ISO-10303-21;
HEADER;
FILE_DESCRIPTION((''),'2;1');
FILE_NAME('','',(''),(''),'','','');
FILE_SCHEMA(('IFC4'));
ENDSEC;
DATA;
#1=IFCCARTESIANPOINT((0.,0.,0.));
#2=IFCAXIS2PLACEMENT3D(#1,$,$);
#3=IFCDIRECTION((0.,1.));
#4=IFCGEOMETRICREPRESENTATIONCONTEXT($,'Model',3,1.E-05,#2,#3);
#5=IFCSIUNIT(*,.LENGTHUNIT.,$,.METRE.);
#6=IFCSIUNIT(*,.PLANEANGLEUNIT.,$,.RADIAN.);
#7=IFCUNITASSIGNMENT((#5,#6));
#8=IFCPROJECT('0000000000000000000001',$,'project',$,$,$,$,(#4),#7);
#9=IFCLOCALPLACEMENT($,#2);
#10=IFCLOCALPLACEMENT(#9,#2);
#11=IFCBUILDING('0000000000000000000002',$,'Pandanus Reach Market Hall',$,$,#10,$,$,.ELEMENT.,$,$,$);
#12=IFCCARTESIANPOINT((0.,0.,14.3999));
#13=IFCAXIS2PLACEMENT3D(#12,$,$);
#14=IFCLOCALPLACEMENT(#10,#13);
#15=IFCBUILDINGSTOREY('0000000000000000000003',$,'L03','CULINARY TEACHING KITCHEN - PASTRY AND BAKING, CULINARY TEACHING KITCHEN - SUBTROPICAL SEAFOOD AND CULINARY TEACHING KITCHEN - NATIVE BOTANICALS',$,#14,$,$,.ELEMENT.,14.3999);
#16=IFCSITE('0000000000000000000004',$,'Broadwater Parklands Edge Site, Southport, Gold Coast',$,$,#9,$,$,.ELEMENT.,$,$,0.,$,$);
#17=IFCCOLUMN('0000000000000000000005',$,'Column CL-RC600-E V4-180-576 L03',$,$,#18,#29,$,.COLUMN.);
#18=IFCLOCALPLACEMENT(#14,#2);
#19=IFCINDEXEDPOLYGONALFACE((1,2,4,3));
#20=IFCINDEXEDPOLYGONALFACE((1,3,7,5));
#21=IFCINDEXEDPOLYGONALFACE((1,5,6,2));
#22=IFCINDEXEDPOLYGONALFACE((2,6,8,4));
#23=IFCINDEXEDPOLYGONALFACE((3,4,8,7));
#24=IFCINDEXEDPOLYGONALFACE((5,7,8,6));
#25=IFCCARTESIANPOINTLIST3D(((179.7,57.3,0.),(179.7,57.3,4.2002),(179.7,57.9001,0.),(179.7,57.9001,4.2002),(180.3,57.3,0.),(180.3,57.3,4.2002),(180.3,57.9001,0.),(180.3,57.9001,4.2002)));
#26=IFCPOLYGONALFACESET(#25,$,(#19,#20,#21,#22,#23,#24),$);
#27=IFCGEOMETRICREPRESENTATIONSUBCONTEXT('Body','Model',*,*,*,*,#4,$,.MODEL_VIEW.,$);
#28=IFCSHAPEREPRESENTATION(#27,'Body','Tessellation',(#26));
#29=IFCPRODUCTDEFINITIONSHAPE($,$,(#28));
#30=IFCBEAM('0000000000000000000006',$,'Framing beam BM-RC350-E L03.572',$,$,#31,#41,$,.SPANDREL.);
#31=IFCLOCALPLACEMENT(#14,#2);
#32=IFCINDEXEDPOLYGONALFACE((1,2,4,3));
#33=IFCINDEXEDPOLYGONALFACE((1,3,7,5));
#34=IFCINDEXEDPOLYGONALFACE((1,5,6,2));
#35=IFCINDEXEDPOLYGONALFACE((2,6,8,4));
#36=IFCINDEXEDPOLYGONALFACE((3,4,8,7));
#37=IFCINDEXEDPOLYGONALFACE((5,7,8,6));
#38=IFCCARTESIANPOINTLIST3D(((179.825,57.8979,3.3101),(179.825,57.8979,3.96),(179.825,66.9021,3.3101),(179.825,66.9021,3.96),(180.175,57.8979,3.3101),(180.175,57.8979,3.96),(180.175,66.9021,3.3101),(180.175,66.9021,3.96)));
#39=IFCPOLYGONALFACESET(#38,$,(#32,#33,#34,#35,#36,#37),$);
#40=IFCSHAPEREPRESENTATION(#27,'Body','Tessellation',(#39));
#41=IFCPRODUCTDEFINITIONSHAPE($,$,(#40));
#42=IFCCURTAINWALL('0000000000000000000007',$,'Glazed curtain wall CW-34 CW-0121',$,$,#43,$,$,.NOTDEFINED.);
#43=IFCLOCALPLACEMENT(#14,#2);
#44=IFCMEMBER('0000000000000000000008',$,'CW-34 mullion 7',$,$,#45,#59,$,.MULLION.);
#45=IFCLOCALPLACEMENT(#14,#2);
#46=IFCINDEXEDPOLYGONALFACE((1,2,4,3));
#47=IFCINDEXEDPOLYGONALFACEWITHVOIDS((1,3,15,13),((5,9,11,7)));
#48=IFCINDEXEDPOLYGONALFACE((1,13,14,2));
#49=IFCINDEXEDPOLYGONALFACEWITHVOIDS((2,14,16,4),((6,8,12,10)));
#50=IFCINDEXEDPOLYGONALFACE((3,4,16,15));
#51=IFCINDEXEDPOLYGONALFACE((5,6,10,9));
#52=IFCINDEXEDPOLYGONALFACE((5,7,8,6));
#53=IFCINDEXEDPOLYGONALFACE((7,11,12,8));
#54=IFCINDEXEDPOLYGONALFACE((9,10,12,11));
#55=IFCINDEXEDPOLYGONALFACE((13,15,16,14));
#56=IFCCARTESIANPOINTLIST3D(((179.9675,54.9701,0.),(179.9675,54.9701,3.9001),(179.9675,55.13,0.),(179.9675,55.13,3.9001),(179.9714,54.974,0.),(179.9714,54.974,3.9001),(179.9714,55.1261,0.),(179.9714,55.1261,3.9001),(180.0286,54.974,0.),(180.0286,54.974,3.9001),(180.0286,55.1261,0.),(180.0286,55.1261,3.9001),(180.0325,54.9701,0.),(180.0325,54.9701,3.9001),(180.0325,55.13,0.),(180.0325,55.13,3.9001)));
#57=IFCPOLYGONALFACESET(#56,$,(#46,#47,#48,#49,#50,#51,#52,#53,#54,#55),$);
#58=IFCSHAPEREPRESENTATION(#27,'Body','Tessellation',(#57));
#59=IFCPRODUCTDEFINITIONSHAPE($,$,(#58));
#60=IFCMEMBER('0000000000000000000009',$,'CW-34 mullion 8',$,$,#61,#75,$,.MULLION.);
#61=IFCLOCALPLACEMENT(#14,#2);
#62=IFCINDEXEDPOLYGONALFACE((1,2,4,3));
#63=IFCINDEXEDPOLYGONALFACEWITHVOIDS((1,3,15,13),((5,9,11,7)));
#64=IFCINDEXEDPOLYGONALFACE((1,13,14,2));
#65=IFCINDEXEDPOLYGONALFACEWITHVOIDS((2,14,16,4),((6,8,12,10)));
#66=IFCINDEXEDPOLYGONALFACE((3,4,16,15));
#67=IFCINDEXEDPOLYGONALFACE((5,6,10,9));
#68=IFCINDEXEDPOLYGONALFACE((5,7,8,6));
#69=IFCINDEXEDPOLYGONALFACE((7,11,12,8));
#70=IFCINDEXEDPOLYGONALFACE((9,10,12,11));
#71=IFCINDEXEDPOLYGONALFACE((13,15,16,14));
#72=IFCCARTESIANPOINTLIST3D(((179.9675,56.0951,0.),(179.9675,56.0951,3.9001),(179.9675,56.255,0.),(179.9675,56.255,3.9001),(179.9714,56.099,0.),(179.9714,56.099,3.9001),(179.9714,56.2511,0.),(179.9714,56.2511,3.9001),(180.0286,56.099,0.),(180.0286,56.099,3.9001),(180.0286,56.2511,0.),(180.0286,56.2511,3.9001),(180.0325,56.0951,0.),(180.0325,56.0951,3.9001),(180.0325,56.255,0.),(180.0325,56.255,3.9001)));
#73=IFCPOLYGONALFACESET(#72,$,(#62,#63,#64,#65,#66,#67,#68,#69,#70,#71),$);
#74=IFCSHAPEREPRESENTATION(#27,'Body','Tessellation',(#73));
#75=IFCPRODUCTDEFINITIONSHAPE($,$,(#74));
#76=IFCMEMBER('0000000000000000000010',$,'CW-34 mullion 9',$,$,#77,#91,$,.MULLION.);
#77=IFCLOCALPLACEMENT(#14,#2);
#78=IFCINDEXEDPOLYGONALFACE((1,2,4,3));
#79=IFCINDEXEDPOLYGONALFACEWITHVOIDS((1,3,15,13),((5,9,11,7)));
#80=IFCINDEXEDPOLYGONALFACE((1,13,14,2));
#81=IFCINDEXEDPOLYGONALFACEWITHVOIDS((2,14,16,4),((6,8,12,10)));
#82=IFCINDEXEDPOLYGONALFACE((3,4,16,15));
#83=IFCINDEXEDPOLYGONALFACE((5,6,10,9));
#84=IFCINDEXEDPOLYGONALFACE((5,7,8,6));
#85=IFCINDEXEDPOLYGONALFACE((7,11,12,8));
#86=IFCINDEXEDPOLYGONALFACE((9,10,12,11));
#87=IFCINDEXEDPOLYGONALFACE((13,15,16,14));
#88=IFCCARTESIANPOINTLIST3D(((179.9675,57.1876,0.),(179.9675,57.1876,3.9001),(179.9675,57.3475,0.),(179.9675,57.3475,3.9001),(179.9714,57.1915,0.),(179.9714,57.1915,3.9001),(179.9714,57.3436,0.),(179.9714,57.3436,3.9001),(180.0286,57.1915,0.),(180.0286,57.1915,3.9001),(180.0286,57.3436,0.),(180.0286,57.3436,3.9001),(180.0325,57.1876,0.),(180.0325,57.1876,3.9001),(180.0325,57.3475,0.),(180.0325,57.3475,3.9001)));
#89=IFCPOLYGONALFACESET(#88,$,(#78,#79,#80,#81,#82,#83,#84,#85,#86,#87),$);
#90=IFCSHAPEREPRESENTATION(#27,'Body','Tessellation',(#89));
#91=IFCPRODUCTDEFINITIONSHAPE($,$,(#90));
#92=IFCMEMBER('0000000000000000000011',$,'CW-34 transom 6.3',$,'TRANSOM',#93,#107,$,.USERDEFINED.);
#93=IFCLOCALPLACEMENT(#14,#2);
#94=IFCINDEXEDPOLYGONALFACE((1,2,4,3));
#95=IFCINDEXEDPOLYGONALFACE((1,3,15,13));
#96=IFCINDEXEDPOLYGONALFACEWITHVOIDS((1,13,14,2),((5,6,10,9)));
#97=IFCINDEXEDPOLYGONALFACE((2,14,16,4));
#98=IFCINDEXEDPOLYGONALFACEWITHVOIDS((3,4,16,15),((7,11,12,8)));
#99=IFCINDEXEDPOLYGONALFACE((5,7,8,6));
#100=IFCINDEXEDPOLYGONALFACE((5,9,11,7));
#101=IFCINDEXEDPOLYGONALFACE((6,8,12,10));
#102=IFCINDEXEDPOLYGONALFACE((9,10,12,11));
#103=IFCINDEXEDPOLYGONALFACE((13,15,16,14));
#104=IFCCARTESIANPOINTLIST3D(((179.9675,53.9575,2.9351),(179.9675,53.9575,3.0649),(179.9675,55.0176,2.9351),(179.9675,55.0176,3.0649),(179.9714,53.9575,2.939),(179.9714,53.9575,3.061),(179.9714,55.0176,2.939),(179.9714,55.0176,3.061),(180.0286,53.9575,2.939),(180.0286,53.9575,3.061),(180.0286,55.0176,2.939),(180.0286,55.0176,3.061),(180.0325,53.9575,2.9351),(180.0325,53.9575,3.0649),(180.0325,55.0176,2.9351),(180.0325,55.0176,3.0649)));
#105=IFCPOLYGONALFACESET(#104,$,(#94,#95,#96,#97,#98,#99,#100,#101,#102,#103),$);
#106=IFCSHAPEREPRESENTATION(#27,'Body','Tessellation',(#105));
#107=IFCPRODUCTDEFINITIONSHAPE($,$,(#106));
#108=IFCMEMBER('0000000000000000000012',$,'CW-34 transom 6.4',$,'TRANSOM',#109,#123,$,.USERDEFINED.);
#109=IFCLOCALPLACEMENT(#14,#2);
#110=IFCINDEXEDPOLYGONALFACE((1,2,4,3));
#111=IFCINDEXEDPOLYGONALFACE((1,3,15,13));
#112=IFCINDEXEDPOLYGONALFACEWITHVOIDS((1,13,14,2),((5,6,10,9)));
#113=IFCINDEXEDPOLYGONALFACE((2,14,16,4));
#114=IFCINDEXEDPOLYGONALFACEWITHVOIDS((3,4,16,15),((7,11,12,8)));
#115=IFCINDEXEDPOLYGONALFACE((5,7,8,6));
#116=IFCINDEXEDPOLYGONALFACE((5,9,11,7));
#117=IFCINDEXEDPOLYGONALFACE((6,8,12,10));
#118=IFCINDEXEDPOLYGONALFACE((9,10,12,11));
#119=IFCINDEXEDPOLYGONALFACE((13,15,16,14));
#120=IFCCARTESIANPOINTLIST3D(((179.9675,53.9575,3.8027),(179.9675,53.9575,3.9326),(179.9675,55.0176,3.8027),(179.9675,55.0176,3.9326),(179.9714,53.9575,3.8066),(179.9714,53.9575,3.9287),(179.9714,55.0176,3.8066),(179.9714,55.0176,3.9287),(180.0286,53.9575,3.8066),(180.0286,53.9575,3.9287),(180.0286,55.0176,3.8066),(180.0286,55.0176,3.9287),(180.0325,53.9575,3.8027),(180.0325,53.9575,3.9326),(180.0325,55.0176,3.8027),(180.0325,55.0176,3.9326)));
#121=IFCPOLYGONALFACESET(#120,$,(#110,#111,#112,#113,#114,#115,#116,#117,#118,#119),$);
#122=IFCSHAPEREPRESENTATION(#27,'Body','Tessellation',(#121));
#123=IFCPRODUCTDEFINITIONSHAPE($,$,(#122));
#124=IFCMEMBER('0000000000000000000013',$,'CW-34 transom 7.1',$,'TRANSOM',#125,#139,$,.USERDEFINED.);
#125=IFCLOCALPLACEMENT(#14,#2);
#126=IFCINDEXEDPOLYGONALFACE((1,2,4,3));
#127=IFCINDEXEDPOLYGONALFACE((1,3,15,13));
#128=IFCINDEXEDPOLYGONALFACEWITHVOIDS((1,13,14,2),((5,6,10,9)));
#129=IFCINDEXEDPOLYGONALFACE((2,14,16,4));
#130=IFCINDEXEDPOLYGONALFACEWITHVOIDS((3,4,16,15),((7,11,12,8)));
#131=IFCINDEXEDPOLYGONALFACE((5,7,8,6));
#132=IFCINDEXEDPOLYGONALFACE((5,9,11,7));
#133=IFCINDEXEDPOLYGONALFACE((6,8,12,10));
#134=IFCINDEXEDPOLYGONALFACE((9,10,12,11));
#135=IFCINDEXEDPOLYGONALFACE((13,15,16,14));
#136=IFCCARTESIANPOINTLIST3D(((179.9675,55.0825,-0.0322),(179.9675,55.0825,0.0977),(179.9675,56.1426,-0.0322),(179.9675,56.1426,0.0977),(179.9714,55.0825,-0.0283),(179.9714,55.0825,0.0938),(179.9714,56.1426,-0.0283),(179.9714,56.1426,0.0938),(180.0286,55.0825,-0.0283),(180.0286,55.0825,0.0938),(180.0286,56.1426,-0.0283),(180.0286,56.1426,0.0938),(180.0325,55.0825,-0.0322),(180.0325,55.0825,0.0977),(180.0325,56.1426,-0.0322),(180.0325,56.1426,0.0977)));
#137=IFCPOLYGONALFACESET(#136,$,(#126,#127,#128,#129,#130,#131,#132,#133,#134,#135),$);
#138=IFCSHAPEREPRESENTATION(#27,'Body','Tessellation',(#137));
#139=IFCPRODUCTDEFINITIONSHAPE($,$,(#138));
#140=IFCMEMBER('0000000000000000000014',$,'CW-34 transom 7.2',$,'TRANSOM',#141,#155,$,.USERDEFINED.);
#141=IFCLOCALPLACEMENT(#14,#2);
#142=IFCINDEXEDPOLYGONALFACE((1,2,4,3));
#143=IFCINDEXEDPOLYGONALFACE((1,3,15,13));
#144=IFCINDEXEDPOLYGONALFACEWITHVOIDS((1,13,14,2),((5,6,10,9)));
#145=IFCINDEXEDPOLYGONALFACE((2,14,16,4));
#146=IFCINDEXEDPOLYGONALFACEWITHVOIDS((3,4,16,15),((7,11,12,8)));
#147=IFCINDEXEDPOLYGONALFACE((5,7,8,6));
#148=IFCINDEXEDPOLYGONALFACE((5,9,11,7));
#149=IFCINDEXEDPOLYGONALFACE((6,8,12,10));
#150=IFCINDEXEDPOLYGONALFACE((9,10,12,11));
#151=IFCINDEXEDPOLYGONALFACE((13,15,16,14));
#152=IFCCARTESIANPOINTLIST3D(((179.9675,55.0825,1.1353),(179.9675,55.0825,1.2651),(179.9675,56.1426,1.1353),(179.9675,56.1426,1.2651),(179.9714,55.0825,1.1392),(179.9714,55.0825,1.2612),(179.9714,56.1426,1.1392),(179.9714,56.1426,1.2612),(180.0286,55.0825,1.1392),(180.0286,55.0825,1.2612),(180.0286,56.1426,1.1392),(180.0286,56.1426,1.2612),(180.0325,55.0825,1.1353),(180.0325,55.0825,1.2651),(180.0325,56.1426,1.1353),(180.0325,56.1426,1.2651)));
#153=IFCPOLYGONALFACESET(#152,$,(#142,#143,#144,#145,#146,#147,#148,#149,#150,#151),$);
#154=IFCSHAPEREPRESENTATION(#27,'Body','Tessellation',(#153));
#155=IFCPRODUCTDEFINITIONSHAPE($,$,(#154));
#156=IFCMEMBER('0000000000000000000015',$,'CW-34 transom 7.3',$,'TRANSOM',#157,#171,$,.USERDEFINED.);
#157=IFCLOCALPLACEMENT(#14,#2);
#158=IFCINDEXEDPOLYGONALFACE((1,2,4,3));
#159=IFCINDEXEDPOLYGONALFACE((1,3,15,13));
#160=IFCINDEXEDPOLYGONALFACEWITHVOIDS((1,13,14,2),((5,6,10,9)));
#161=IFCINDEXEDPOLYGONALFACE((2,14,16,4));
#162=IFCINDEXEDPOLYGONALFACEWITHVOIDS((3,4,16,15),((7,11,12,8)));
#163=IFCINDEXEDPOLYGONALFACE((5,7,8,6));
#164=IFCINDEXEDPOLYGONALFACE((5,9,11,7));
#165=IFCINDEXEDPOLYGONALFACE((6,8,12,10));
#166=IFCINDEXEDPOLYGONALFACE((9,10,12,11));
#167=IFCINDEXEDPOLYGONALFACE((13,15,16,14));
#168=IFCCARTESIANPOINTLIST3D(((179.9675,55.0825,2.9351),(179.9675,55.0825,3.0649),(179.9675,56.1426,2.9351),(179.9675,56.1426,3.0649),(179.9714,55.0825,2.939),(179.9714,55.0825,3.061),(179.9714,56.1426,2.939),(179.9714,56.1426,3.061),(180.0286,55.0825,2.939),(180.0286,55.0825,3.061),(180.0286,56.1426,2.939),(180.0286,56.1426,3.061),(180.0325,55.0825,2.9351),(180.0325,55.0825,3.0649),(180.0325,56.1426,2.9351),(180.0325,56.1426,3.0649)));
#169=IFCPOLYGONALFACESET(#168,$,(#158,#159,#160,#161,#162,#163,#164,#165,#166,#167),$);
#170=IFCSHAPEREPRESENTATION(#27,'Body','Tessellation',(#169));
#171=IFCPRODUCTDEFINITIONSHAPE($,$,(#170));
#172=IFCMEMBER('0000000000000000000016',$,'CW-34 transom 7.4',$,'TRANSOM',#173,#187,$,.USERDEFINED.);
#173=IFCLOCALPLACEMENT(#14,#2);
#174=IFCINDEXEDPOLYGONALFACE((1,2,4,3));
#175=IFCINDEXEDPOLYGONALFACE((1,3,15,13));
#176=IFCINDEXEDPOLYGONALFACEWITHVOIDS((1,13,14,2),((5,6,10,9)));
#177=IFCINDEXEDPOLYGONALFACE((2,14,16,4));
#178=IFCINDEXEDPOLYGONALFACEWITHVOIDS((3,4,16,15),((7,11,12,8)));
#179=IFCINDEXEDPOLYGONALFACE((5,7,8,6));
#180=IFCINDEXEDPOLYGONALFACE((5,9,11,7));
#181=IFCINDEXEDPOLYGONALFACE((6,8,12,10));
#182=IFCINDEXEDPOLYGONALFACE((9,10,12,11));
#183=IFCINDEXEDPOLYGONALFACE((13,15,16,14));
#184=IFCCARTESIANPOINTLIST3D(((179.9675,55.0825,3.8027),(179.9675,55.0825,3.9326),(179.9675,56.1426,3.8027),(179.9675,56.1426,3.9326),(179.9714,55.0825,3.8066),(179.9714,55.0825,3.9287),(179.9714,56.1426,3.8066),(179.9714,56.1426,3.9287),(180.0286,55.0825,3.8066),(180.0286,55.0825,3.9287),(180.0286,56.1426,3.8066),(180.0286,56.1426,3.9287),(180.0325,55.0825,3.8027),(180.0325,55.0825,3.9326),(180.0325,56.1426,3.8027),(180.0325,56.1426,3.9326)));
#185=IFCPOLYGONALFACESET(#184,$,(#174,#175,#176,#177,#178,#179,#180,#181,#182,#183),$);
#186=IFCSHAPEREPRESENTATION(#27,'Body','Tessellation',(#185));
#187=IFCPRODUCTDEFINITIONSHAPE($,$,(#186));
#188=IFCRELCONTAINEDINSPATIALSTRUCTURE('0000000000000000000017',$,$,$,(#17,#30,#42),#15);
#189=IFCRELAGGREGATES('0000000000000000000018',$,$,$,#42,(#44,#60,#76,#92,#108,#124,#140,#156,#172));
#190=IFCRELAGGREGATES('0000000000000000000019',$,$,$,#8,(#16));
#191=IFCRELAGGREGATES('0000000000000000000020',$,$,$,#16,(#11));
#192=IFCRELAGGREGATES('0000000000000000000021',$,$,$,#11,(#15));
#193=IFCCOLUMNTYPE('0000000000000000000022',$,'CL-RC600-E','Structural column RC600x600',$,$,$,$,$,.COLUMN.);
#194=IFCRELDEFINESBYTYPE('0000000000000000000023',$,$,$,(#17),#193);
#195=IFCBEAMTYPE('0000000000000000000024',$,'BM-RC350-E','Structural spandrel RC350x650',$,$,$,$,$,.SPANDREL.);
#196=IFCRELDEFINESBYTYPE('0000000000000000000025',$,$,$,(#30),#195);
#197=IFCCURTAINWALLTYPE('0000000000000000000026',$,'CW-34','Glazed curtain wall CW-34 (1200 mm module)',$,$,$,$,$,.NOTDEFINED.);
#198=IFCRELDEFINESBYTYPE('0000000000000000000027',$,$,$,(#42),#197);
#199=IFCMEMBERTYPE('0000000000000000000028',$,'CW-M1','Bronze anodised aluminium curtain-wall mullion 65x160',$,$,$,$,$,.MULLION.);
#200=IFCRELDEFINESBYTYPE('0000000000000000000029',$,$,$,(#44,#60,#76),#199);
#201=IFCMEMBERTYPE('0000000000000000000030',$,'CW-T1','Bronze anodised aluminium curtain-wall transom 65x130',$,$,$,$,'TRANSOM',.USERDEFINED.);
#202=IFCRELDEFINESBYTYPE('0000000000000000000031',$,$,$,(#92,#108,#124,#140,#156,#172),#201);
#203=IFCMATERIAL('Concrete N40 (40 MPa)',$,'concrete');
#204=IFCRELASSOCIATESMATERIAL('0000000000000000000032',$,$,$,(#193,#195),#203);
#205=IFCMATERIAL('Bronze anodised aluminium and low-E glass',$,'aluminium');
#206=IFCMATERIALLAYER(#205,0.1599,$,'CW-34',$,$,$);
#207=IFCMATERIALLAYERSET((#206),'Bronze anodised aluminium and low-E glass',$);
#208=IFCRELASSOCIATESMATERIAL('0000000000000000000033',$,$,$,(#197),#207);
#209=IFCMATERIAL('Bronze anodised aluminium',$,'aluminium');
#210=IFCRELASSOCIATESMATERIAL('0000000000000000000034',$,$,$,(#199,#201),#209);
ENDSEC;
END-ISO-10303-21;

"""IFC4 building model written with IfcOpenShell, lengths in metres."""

from ifc_helpers import new_model, si_unit, direction, frame, origin, origin_2d, place, context, subcontext, project, spatial, rectangle, hollow_rectangle, extrude, material, layer, layer_set, material_profile, profile_set, type_object, element, aggregate, save


model = new_model("IFC4")

# Units and contexts
model_context = context("Model", 3, precision=1e-05, world=origin(), true_north=direction((0.0, 1.0)))
body_context = subcontext(model_context, "Body", "Model", "MODEL_VIEW")
ifc_project = project(units=[si_unit("LENGTHUNIT", "METRE"), si_unit("PLANEANGLEUNIT", "RADIAN")], contexts=[model_context])

# Site, building, storey
site_placement = place(None, origin())
site = spatial("IfcSite", under=ifc_project, at=site_placement, Name="Broadwater Parklands Edge Site, Southport, Gold Coast", CompositionType="ELEMENT", RefElevation=0.0)
building_placement = place(site_placement, origin())
building = spatial("IfcBuilding", under=site, at=building_placement, Name="Pandanus Reach Market Hall", CompositionType="ELEMENT")
storey_placement = place(building_placement, frame((0.0, 0.0, 14.3999)))
storey = spatial("IfcBuildingStorey", under=building, at=storey_placement, Name="L03", Description="CULINARY TEACHING KITCHEN - PASTRY AND BAKING, CULINARY TEACHING KITCHEN - SUBTROPICAL SEAFOOD AND CULINARY TEACHING KITCHEN - NATIVE BOTANICALS", CompositionType="ELEMENT", Elevation=14.3999)

# Column
ifc_material_1 = material(Name="Concrete N40 (40 MPa)", Category="concrete")
ifc_material_profile_1 = material_profile(ifc_material_1, rectangle(XDim=0.6001, YDim=0.6001, at=origin_2d()), Name="RC600x600", Category="LoadBearing")
ifc_profile_set_1 = profile_set([ifc_material_profile_1], Name="Concrete N40 (40 MPa)")
column_type = type_object("IfcColumnType", Name="CL-RC600-E", Description="Structural column RC600x600", PredefinedType="COLUMN", material=ifc_profile_set_1)
column_placement = place(storey_placement, frame((180.0, 57.6001, 0.0), z_axis=(0.0, 0.0, 1.0), x_axis=(1.0, 0.0, 0.0)))
element("IfcColumn", 1, at=column_placement, inside=storey, type_object=column_type, Name="Column CL-RC600-E V4-180-576 L03", PredefinedType="COLUMN", context=body_context, shape_type="SweptSolid", body=[
    extrude(rectangle(XDim=0.6001, YDim=0.6001, at=origin_2d()), origin(), (0.0, 0.0, 1.0), 4.2002),
])

# Beam
ifc_material_profile_2 = material_profile(ifc_material_1, rectangle(XDim=0.3501, YDim=0.6499, at=origin_2d()), Name="RC350x650", Category="LoadBearing")
ifc_profile_set_2 = profile_set([ifc_material_profile_2], Name="Concrete N40 (40 MPa)")
beam_type = type_object("IfcBeamType", Name="BM-RC350-E", Description="Structural spandrel RC350x650", PredefinedType="SPANDREL", material=ifc_profile_set_2)
beam_placement = place(storey_placement, frame((180.0, 57.8979, 3.635), z_axis=(0.0, 1.0, 0.0), x_axis=(-1.0, 0.0, 0.0)))
element("IfcBeam", 2, at=beam_placement, inside=storey, type_object=beam_type, Name="Framing beam BM-RC350-E L03.572", PredefinedType="SPANDREL", context=body_context, shape_type="SweptSolid", body=[
    extrude(rectangle(XDim=0.3501, YDim=0.6499, at=origin_2d()), origin(), (0.0, 0.0, 1.0), 9.0042),
])

# Curtain wall, members
ifc_material_2 = material(Name="Bronze anodised aluminium and low-E glass", Category="aluminium")
ifc_layer_1 = layer(ifc_material_2, 0.1599, Name="CW-34")
ifc_layer_set_1 = layer_set([ifc_layer_1], Name="Bronze anodised aluminium and low-E glass")
curtain_wall_type = type_object("IfcCurtainWallType", Name="CW-34", Description="Glazed curtain wall CW-34 (1200 mm module)", PredefinedType="NOTDEFINED", material=ifc_layer_set_1)
curtain_wall_placement = place(storey_placement, origin())
curtain_wall = element("IfcCurtainWall", 3, at=curtain_wall_placement, inside=storey, type_object=curtain_wall_type, Name="Glazed curtain wall CW-34 CW-0121", PredefinedType="NOTDEFINED")
ifc_material_3 = material(Name="Bronze anodised aluminium", Category="aluminium")
ifc_material_profile_3 = material_profile(ifc_material_3, hollow_rectangle(XDim=0.0649, YDim=0.1599, WallThickness=0.0039, at=origin_2d()), Name="ALU65x160", Category="LoadBearing")
ifc_profile_set_3 = profile_set([ifc_material_profile_3], Name="Bronze anodised aluminium")
member_type_1 = type_object("IfcMemberType", Name="CW-M1", Description="Bronze anodised aluminium curtain-wall mullion 65x160", PredefinedType="MULLION", material=ifc_profile_set_3)
member_1_placement = place(storey_placement, frame((180.0, 55.05, 0.0), z_axis=(0.0, 0.0, 1.0), x_axis=(-1.0, 0.0, 0.0)))
member_1 = element("IfcMember", 4, at=member_1_placement, type_object=member_type_1, Name="CW-34 mullion 7", PredefinedType="MULLION", context=body_context, shape_type="SweptSolid", body=[
    extrude(hollow_rectangle(XDim=0.0649, YDim=0.1599, WallThickness=0.0039, at=origin_2d()), origin(), (0.0, 0.0, 1.0), 3.9001),
])
member_2_placement = place(storey_placement, frame((180.0, 56.175, 0.0), z_axis=(0.0, 0.0, 1.0), x_axis=(-1.0, 0.0, 0.0)))
member_2 = element("IfcMember", 5, at=member_2_placement, type_object=member_type_1, Name="CW-34 mullion 8", PredefinedType="MULLION", context=body_context, shape_type="SweptSolid", body=[
    extrude(hollow_rectangle(XDim=0.0649, YDim=0.1599, WallThickness=0.0039, at=origin_2d()), origin(), (0.0, 0.0, 1.0), 3.9001),
])
member_3_placement = place(storey_placement, frame((180.0, 57.2676, 0.0), z_axis=(0.0, 0.0, 1.0), x_axis=(-1.0, 0.0, 0.0)))
member_3 = element("IfcMember", 6, at=member_3_placement, type_object=member_type_1, Name="CW-34 mullion 9", PredefinedType="MULLION", context=body_context, shape_type="SweptSolid", body=[
    extrude(hollow_rectangle(XDim=0.0649, YDim=0.1599, WallThickness=0.0039, at=origin_2d()), origin(), (0.0, 0.0, 1.0), 3.9001),
])
ifc_material_profile_4 = material_profile(ifc_material_3, hollow_rectangle(XDim=0.0649, YDim=0.1299, WallThickness=0.0039, at=origin_2d()), Name="ALU65x130", Category="LoadBearing")
ifc_profile_set_4 = profile_set([ifc_material_profile_4], Name="Bronze anodised aluminium")
member_type_2 = type_object("IfcMemberType", Name="CW-T1", Description="Bronze anodised aluminium curtain-wall transom 65x130", ElementType="TRANSOM", PredefinedType="USERDEFINED", material=ifc_profile_set_4)
member_4_placement = place(storey_placement, frame((180.0, 53.9575, 3.0), z_axis=(0.0, 1.0, 0.0), x_axis=(-1.0, 0.0, 0.0)))
member_4 = element("IfcMember", 7, at=member_4_placement, type_object=member_type_2, Name="CW-34 transom 6.3", ObjectType="TRANSOM", PredefinedType="USERDEFINED", context=body_context, shape_type="SweptSolid", body=[
    extrude(hollow_rectangle(XDim=0.0649, YDim=0.1299, WallThickness=0.0039, at=origin_2d()), origin(), (0.0, 0.0, 1.0), 1.0601),
])
member_5_placement = place(storey_placement, frame((180.0, 53.9575, 3.8677), z_axis=(0.0, 1.0, 0.0), x_axis=(-1.0, 0.0, 0.0)))
member_5 = element("IfcMember", 8, at=member_5_placement, type_object=member_type_2, Name="CW-34 transom 6.4", ObjectType="TRANSOM", PredefinedType="USERDEFINED", context=body_context, shape_type="SweptSolid", body=[
    extrude(hollow_rectangle(XDim=0.0649, YDim=0.1299, WallThickness=0.0039, at=origin_2d()), origin(), (0.0, 0.0, 1.0), 1.0601),
])
member_6_placement = place(storey_placement, frame((180.0, 55.0825, 0.0327), z_axis=(0.0, 1.0, 0.0), x_axis=(-1.0, 0.0, 0.0)))
member_6 = element("IfcMember", 9, at=member_6_placement, type_object=member_type_2, Name="CW-34 transom 7.1", ObjectType="TRANSOM", PredefinedType="USERDEFINED", context=body_context, shape_type="SweptSolid", body=[
    extrude(hollow_rectangle(XDim=0.0649, YDim=0.1299, WallThickness=0.0039, at=origin_2d()), origin(), (0.0, 0.0, 1.0), 1.0601),
])
member_7_placement = place(storey_placement, frame((180.0, 55.0825, 1.2002), z_axis=(0.0, 1.0, 0.0), x_axis=(-1.0, 0.0, 0.0)))
member_7 = element("IfcMember", 10, at=member_7_placement, type_object=member_type_2, Name="CW-34 transom 7.2", ObjectType="TRANSOM", PredefinedType="USERDEFINED", context=body_context, shape_type="SweptSolid", body=[
    extrude(hollow_rectangle(XDim=0.0649, YDim=0.1299, WallThickness=0.0039, at=origin_2d()), origin(), (0.0, 0.0, 1.0), 1.0601),
])
member_8_placement = place(storey_placement, frame((180.0, 55.0825, 3.0), z_axis=(0.0, 1.0, 0.0), x_axis=(-1.0, 0.0, 0.0)))
member_8 = element("IfcMember", 11, at=member_8_placement, type_object=member_type_2, Name="CW-34 transom 7.3", ObjectType="TRANSOM", PredefinedType="USERDEFINED", context=body_context, shape_type="SweptSolid", body=[
    extrude(hollow_rectangle(XDim=0.0649, YDim=0.1299, WallThickness=0.0039, at=origin_2d()), origin(), (0.0, 0.0, 1.0), 1.0601),
])
member_9_placement = place(storey_placement, frame((180.0, 55.0825, 3.8677), z_axis=(0.0, 1.0, 0.0), x_axis=(-1.0, 0.0, 0.0)))
member_9 = element("IfcMember", 12, at=member_9_placement, type_object=member_type_2, Name="CW-34 transom 7.4", ObjectType="TRANSOM", PredefinedType="USERDEFINED", context=body_context, shape_type="SweptSolid", body=[
    extrude(hollow_rectangle(XDim=0.0649, YDim=0.1299, WallThickness=0.0039, at=origin_2d()), origin(), (0.0, 0.0, 1.0), 1.0601),
])

aggregate(curtain_wall, [member_1, member_2, member_3, member_4, member_5, member_6, member_7, member_8, member_9])

save(model, "model.ifc")
